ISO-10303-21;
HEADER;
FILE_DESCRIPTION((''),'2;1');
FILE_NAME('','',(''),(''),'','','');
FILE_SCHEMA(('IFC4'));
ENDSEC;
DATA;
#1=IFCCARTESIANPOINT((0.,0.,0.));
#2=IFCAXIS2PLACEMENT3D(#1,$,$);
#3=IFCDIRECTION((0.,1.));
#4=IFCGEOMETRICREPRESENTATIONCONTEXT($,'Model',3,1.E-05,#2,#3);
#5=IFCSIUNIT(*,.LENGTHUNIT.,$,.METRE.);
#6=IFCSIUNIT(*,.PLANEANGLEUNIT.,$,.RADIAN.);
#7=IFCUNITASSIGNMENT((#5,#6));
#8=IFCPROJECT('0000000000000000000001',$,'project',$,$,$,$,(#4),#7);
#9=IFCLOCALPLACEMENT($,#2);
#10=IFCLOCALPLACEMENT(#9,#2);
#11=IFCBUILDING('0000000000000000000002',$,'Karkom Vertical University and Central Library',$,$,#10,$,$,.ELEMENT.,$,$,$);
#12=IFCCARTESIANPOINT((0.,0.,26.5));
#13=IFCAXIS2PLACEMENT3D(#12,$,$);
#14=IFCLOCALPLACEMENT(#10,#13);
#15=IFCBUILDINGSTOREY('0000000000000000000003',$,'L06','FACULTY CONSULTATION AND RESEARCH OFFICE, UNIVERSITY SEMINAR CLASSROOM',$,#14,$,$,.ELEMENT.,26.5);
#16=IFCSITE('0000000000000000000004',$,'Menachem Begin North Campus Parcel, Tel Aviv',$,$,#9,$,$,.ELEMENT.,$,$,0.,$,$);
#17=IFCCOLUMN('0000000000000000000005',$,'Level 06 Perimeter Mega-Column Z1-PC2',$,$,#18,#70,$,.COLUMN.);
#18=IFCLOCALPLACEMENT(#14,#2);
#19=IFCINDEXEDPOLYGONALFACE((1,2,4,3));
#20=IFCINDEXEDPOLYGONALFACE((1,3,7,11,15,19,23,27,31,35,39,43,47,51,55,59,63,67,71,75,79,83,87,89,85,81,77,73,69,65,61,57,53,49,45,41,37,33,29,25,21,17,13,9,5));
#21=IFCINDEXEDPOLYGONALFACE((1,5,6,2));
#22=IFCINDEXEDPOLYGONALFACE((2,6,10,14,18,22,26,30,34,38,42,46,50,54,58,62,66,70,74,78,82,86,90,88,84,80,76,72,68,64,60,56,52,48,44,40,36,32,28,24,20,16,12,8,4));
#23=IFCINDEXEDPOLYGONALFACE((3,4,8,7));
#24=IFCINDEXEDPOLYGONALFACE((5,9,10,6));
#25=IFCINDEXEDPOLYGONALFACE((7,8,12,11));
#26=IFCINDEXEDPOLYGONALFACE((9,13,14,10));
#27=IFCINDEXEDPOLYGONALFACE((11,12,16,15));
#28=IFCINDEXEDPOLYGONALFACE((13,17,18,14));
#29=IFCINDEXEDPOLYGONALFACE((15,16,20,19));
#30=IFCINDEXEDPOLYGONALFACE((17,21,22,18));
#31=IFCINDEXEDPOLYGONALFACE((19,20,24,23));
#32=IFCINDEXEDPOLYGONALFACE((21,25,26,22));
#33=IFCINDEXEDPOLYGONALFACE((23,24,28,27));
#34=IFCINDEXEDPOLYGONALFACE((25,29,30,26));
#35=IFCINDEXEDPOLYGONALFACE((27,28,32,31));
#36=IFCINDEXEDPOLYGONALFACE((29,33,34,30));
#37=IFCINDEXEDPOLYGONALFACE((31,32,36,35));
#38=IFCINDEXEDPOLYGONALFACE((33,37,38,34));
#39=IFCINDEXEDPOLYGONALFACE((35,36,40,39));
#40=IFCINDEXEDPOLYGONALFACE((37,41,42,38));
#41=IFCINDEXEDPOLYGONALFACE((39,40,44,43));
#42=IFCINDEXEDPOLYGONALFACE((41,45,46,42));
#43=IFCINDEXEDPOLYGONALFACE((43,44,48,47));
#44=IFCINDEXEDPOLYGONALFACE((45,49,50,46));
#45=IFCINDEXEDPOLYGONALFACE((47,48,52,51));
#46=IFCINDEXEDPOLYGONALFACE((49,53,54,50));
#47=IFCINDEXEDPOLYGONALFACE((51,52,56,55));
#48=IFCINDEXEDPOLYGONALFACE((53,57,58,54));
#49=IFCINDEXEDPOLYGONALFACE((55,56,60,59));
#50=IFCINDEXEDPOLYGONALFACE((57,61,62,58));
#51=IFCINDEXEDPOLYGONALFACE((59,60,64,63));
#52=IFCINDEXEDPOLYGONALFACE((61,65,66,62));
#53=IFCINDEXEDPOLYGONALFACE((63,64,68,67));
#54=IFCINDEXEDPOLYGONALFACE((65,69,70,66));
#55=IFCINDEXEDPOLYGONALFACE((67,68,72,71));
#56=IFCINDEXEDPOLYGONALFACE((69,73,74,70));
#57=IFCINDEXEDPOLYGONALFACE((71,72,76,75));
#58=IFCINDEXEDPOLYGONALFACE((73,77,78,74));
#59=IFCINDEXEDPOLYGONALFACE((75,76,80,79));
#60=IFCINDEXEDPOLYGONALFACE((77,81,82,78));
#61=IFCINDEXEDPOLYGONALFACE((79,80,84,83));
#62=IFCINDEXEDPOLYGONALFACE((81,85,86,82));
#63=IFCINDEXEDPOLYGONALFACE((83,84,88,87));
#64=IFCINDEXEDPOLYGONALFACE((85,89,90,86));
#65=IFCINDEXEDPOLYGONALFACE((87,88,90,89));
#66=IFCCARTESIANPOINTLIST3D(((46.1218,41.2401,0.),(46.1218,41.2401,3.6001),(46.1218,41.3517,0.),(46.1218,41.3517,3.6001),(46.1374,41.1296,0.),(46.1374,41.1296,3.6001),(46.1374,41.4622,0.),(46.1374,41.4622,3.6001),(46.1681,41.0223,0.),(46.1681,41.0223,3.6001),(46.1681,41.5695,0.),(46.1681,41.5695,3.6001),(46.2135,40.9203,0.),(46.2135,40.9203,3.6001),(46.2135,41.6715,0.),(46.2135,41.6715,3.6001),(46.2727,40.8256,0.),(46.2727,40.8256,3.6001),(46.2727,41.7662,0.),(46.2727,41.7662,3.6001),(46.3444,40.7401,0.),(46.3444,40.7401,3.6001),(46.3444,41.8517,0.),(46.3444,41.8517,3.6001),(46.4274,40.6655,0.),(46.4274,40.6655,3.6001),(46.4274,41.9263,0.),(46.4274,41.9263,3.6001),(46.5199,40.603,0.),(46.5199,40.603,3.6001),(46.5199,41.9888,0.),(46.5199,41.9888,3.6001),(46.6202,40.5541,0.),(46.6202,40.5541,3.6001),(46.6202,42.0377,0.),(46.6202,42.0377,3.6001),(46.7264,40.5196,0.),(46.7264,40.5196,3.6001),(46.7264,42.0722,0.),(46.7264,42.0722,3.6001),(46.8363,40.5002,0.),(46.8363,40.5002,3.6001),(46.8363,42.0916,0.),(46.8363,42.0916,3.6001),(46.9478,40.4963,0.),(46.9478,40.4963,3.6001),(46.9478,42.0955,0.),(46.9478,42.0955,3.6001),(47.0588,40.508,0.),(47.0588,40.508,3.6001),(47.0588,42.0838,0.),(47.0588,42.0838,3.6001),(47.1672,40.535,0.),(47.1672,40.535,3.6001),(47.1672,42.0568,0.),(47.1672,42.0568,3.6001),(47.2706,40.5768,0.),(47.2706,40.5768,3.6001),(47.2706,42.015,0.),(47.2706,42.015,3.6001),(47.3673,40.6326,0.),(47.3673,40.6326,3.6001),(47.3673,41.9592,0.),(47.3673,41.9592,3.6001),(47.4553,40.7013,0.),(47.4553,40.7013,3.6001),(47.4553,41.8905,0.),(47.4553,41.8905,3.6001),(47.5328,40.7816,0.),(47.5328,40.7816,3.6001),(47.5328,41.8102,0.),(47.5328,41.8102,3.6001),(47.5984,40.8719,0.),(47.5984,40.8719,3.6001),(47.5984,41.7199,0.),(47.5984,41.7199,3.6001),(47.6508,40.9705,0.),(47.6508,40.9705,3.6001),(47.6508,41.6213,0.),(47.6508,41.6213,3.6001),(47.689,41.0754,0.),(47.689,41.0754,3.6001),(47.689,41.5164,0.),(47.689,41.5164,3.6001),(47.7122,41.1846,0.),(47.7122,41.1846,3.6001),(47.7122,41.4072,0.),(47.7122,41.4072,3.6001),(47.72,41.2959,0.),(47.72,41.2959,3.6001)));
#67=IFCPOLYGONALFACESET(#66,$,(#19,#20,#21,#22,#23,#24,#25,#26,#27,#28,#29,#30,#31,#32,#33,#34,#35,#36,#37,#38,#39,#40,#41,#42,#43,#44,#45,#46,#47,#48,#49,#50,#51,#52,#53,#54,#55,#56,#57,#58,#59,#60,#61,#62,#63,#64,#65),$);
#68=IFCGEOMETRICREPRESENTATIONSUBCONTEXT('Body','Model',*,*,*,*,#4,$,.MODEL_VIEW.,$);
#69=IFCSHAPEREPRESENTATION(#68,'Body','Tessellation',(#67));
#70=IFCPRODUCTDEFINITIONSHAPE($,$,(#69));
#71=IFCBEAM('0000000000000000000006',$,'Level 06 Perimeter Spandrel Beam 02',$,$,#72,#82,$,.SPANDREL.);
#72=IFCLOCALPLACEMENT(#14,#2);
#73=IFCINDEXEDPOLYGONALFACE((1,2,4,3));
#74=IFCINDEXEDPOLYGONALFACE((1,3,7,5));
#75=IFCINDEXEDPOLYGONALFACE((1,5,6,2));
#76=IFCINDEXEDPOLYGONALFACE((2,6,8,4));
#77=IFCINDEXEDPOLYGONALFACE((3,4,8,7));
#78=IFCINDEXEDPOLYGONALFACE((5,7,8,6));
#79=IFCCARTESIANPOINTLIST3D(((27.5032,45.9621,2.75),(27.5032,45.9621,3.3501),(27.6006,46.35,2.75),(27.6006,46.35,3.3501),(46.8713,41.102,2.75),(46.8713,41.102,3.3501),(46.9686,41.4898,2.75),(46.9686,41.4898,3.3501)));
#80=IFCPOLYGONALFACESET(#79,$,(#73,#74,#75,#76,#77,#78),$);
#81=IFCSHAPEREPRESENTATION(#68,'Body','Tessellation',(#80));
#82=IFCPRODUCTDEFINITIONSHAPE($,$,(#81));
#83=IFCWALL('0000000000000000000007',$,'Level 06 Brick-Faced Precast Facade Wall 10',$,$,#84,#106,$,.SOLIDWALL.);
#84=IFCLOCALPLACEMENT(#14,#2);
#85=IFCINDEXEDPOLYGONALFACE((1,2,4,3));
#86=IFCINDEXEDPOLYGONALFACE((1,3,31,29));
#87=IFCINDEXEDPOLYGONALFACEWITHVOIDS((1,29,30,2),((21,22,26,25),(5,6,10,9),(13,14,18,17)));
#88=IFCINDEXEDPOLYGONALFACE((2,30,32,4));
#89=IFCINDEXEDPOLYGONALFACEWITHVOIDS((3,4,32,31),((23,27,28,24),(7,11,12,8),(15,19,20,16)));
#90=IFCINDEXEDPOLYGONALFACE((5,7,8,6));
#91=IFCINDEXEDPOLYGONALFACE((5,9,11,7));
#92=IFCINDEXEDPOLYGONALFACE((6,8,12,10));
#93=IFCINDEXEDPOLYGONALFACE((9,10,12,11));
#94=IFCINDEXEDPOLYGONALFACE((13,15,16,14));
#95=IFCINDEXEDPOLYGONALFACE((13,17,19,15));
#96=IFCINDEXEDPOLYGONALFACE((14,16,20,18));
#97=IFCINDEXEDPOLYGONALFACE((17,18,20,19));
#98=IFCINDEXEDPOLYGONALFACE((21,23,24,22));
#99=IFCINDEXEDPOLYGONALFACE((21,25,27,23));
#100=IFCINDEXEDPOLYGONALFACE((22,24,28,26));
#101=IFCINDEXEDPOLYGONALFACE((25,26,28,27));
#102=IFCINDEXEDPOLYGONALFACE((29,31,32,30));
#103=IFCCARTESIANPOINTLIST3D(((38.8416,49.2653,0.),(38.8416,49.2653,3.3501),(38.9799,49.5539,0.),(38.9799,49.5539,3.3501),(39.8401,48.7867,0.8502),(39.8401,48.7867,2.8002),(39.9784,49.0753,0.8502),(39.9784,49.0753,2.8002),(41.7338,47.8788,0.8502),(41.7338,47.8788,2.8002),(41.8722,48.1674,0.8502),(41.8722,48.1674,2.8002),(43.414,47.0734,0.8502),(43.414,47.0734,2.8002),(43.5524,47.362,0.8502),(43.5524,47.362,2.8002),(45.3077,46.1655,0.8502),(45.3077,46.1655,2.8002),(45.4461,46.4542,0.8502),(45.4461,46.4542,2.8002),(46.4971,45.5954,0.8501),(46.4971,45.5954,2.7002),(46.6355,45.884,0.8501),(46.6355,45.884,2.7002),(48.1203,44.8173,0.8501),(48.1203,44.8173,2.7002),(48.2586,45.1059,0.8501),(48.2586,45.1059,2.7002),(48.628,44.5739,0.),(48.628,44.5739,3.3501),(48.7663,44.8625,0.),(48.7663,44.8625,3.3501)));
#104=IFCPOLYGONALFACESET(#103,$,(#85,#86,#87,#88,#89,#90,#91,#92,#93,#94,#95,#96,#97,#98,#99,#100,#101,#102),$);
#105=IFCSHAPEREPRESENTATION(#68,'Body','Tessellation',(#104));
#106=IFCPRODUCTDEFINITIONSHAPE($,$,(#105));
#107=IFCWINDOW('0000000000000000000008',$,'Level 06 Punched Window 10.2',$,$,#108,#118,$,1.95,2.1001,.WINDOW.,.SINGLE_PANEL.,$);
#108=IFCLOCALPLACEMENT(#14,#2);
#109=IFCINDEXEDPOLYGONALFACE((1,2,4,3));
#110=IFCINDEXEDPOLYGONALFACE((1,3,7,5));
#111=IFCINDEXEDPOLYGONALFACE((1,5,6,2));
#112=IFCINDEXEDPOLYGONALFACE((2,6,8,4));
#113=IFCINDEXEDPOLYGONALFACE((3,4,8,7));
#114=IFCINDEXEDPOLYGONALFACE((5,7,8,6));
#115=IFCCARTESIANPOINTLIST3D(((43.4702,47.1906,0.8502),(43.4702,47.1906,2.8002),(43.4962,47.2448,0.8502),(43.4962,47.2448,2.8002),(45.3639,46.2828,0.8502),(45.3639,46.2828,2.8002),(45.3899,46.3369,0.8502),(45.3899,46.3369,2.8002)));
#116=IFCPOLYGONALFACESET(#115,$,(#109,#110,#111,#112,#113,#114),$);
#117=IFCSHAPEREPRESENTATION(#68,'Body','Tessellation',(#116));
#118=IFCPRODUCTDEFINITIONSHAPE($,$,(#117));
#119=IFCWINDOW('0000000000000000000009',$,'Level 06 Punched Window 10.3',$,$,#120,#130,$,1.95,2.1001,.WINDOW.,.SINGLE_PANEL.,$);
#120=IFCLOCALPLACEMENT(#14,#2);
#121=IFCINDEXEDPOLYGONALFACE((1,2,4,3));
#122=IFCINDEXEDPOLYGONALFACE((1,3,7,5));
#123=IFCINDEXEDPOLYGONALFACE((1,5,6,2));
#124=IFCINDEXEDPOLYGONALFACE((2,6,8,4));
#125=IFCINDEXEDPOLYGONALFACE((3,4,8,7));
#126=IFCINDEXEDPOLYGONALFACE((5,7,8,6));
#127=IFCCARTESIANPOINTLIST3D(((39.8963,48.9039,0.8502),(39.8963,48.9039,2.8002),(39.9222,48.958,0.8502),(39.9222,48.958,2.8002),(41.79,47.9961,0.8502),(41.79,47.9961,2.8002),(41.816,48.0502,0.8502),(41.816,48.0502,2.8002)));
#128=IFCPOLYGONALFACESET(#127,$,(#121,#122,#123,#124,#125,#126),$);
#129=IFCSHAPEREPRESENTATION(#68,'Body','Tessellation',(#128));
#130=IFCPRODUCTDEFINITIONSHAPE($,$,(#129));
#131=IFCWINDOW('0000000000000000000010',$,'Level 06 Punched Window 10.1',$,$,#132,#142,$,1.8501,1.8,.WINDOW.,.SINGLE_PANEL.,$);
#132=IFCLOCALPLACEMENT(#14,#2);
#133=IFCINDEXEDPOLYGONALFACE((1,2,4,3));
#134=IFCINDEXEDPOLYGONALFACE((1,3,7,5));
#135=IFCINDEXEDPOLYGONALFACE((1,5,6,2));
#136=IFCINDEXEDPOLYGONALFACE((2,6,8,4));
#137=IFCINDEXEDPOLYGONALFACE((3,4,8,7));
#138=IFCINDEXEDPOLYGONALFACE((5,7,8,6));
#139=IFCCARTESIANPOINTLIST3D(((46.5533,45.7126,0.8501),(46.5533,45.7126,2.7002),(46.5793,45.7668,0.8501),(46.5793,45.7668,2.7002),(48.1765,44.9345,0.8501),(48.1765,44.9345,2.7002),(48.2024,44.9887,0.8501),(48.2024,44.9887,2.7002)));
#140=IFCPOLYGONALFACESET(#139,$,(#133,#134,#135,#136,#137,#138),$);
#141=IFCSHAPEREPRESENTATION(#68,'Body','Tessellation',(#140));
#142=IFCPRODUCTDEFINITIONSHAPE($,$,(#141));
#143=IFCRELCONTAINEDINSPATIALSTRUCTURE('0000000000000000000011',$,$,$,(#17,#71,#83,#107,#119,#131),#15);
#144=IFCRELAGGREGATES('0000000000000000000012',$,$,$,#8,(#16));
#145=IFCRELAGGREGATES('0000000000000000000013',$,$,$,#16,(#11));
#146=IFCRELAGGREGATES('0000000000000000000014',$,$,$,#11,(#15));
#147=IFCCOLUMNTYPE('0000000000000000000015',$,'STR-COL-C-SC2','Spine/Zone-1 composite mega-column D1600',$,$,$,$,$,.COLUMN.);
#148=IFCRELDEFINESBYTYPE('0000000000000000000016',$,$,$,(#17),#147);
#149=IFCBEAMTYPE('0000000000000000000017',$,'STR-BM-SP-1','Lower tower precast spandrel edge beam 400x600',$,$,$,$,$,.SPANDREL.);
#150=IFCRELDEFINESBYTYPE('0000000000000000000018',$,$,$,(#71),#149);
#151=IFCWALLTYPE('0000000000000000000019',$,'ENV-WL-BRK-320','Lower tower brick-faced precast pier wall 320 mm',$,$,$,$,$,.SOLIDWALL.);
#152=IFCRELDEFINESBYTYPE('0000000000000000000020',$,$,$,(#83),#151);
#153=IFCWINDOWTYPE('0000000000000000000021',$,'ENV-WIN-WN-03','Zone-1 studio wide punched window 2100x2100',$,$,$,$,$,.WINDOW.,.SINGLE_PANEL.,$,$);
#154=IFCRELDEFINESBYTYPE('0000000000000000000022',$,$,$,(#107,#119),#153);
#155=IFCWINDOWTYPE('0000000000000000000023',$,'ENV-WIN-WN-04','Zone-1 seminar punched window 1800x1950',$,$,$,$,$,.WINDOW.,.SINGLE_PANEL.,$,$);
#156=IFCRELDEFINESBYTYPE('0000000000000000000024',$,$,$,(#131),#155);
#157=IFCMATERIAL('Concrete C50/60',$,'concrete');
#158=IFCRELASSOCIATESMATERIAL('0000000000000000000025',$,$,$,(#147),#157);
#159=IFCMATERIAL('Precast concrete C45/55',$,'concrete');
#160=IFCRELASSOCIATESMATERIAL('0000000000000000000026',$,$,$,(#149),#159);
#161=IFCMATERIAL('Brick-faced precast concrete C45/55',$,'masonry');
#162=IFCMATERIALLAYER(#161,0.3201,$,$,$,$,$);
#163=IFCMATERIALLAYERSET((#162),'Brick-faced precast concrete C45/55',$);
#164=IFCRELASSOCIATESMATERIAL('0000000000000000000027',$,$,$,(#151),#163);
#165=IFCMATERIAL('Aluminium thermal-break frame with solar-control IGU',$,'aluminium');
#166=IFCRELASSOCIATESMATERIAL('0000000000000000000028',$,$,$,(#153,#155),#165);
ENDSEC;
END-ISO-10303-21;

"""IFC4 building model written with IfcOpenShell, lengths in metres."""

from ifc_helpers import new_model, si_unit, direction, frame, frame_2d, origin, origin_with_axes, origin_2d, place, context, subcontext, project, spatial, rectangle, circle, extrude, source, transform, mapped, material, layer, layer_set, material_profile, profile_set, type_object, element, fill, save


model = new_model("IFC4")

# Units and contexts
model_context = context("Model", 3, precision=1e-05, world=origin(), true_north=direction((0.0, 1.0)))
body_context = subcontext(model_context, "Body", "Model", "MODEL_VIEW")
ifc_project = project(units=[si_unit("LENGTHUNIT", "METRE"), si_unit("PLANEANGLEUNIT", "RADIAN")], contexts=[model_context])

# Site, building, storey
site_placement = place(None, origin())
site = spatial("IfcSite", under=ifc_project, at=site_placement, Name="Menachem Begin North Campus Parcel, Tel Aviv", CompositionType="ELEMENT", RefElevation=0.0)
building_placement = place(site_placement, origin())
building = spatial("IfcBuilding", under=site, at=building_placement, Name="Karkom Vertical University and Central Library", CompositionType="ELEMENT")
storey_placement = place(building_placement, frame((0.0, 0.0, 26.5)))
storey = spatial("IfcBuildingStorey", under=building, at=storey_placement, Name="L06", Description="FACULTY CONSULTATION AND RESEARCH OFFICE, UNIVERSITY SEMINAR CLASSROOM", CompositionType="ELEMENT", Elevation=26.5)

# Column
ifc_material_1 = material(Name="Concrete C50/60", Category="concrete")
ifc_material_profile_1 = material_profile(ifc_material_1, circle(Radius=0.8, at=origin_2d()), Name="CFT-D1600")
ifc_profile_set_1 = profile_set([ifc_material_profile_1], Name="Concrete C50/60")
column_type = type_object("IfcColumnType", Name="STR-COL-C-SC2", Description="Spine/Zone-1 composite mega-column D1600", PredefinedType="COLUMN", material=ifc_profile_set_1)
shared_shape_1 = source(origin_with_axes(), body_context, "Body", "SweptSolid", [
    extrude(circle(Radius=0.8, at=origin_2d()), origin(), (0.0, 0.0, 1.0), 3.6001),
])
column_placement = place(storey_placement, frame((46.9199, 41.2959, 0.0), z_axis=(0.0, 0.0, 1.0), x_axis=(1.0, 0.0, 0.0)))
element("IfcColumn", 1, at=column_placement, inside=storey, type_object=column_type, Name="Level 06 Perimeter Mega-Column Z1-PC2", PredefinedType="COLUMN", context=body_context, shape_type="MappedRepresentation", body=[
    mapped(shared_shape_1, transform((0.0, 0.0, 0.0), scale=1.0)),
])

# Beam
ifc_material_2 = material(Name="Precast concrete C45/55", Category="concrete")
ifc_material_profile_2 = material_profile(ifc_material_2, rectangle(XDim=0.3999, YDim=0.6001, at=origin_2d()), Name="SPB-400x600")
ifc_profile_set_2 = profile_set([ifc_material_profile_2], Name="Precast concrete C45/55")
beam_type = type_object("IfcBeamType", Name="STR-BM-SP-1", Description="Lower tower precast spandrel edge beam 400x600", PredefinedType="SPANDREL", material=ifc_profile_set_2)
shared_shape_2 = source(origin_with_axes(), body_context, "Body", "SweptSolid", [
    extrude(rectangle(XDim=0.3999, YDim=0.6001, at=origin_2d()), origin(), (0.0, 0.0, 1.0), 19.9685),
])
beam_placement = place(storey_placement, frame((46.9199, 41.2959, 3.05), z_axis=(-0.969929, 0.24339, 0.0), x_axis=(-0.24339, -0.969929, 0.0)))
element("IfcBeam", 2, at=beam_placement, inside=storey, type_object=beam_type, Name="Level 06 Perimeter Spandrel Beam 02", PredefinedType="SPANDREL", context=body_context, shape_type="MappedRepresentation", body=[
    mapped(shared_shape_2, transform((0.0, 0.0, 0.0), scale=1.0)),
])

# Wall, openings, windows
ifc_material_3 = material(Name="Brick-faced precast concrete C45/55", Category="masonry")
ifc_layer_1 = layer(ifc_material_3, 0.3201)
ifc_layer_set_1 = layer_set([ifc_layer_1], Name="Brick-faced precast concrete C45/55")
wall_type_1 = type_object("IfcWallType", Name="ENV-WL-BRK-320", Description="Lower tower brick-faced precast pier wall 320 mm", PredefinedType="SOLIDWALL", material=ifc_layer_set_1)
wall_1_placement = place(storey_placement, frame((48.697, 44.7183, 0.0), z_axis=(0.0, 0.0, 1.0), x_axis=(-0.901741, 0.432278, 0.0)))
wall_1 = element("IfcWall", 3, at=wall_1_placement, inside=storey, type_object=wall_type_1, Name="Level 06 Brick-Faced Precast Facade Wall 10", PredefinedType="SOLIDWALL", context=body_context, shape_type="SweptSolid", body=[
    extrude(rectangle(XDim=10.8528, YDim=0.3201, at=frame_2d((5.4263, 0.0))), origin(), (0.0, 0.0, 1.0), 3.3501),
])
opening_1_placement = place(wall_1_placement, frame((0.563, 0.0, 0.8501)))
opening_1 = element("IfcOpeningElement", 4, at=opening_1_placement, cuts=wall_1, PredefinedType="OPENING", context=body_context, shape_type="SweptSolid", body=[
    extrude(rectangle(XDim=1.8, YDim=1.8501, at=frame_2d((0.8999, 0.925))), frame((0.0, 0.1699, 0.0), z_axis=(0.0, -1.0, 0.0), x_axis=(1.0, 0.0, 0.0)), (0.0, 0.0, 1.0), 0.3401),
])
opening_2_placement = place(wall_1_placement, frame((3.6819, 0.0, 0.8501)))
opening_2 = element("IfcOpeningElement", 5, at=opening_2_placement, cuts=wall_1, PredefinedType="OPENING", context=body_context, shape_type="SweptSolid", body=[
    extrude(rectangle(XDim=2.1001, YDim=1.95, at=frame_2d((1.05, 0.9751))), frame((0.0, 0.1699, 0.0), z_axis=(0.0, -1.0, 0.0), x_axis=(1.0, 0.0, 0.0)), (0.0, 0.0, 1.0), 0.3401),
])
opening_3_placement = place(wall_1_placement, frame((7.6453, 0.0, 0.8501)))
opening_3 = element("IfcOpeningElement", 6, at=opening_3_placement, cuts=wall_1, PredefinedType="OPENING", context=body_context, shape_type="SweptSolid", body=[
    extrude(rectangle(XDim=2.1001, YDim=1.95, at=frame_2d((1.05, 0.9751))), frame((0.0, 0.1699, 0.0), z_axis=(0.0, -1.0, 0.0), x_axis=(1.0, 0.0, 0.0)), (0.0, 0.0, 1.0), 0.3401),
])
ifc_material_4 = material(Name="Aluminium thermal-break frame with solar-control IGU", Category="aluminium")
window_type_1 = type_object("IfcWindowType", Name="ENV-WIN-WN-03", Description="Zone-1 studio wide punched window 2100x2100", PartitioningType="SINGLE_PANEL", PredefinedType="WINDOW", material=ifc_material_4)
shared_shape_3 = source(origin_with_axes(), body_context, "Body", "SweptSolid", [
    extrude(rectangle(XDim=2.1001, YDim=1.95, at=frame_2d((1.05, 0.9751))), frame((0.0, 0.03, 0.0), z_axis=(0.0, -1.0, 0.0), x_axis=(1.0, 0.0, 0.0)), (0.0, 0.0, 1.0), 0.0601),
])
window_1_placement = place(opening_2_placement, origin())
window_1 = element("IfcWindow", 7, at=window_1_placement, inside=storey, type_object=window_type_1, Name="Level 06 Punched Window 10.2", OverallHeight=1.95, OverallWidth=2.1001, PartitioningType="SINGLE_PANEL", PredefinedType="WINDOW", context=body_context, shape_type="MappedRepresentation", body=[
    mapped(shared_shape_3, transform((0.0, 0.0, 0.0), scale=1.0)),
])
fill(opening_2, window_1)
window_2_placement = place(opening_3_placement, origin())
window_2 = element("IfcWindow", 8, at=window_2_placement, inside=storey, type_object=window_type_1, Name="Level 06 Punched Window 10.3", OverallHeight=1.95, OverallWidth=2.1001, PartitioningType="SINGLE_PANEL", PredefinedType="WINDOW", context=body_context, shape_type="MappedRepresentation", body=[
    mapped(shared_shape_3, transform((0.0, 0.0, 0.0), scale=1.0)),
])
fill(opening_3, window_2)
window_type_2 = type_object("IfcWindowType", Name="ENV-WIN-WN-04", Description="Zone-1 seminar punched window 1800x1950", PartitioningType="SINGLE_PANEL", PredefinedType="WINDOW", material=ifc_material_4)
shared_shape_4 = source(origin_with_axes(), body_context, "Body", "SweptSolid", [
    extrude(rectangle(XDim=1.8, YDim=1.8501, at=frame_2d((0.8999, 0.925))), frame((0.0, 0.03, 0.0), z_axis=(0.0, -1.0, 0.0), x_axis=(1.0, 0.0, 0.0)), (0.0, 0.0, 1.0), 0.0601),
])
window_3_placement = place(opening_1_placement, origin())
window_3 = element("IfcWindow", 9, at=window_3_placement, inside=storey, type_object=window_type_2, Name="Level 06 Punched Window 10.1", OverallHeight=1.8501, OverallWidth=1.8, PartitioningType="SINGLE_PANEL", PredefinedType="WINDOW", context=body_context, shape_type="MappedRepresentation", body=[
    mapped(shared_shape_4, transform((0.0, 0.0, 0.0), scale=1.0)),
])
fill(opening_1, window_3)

save(model, "model.ifc")
